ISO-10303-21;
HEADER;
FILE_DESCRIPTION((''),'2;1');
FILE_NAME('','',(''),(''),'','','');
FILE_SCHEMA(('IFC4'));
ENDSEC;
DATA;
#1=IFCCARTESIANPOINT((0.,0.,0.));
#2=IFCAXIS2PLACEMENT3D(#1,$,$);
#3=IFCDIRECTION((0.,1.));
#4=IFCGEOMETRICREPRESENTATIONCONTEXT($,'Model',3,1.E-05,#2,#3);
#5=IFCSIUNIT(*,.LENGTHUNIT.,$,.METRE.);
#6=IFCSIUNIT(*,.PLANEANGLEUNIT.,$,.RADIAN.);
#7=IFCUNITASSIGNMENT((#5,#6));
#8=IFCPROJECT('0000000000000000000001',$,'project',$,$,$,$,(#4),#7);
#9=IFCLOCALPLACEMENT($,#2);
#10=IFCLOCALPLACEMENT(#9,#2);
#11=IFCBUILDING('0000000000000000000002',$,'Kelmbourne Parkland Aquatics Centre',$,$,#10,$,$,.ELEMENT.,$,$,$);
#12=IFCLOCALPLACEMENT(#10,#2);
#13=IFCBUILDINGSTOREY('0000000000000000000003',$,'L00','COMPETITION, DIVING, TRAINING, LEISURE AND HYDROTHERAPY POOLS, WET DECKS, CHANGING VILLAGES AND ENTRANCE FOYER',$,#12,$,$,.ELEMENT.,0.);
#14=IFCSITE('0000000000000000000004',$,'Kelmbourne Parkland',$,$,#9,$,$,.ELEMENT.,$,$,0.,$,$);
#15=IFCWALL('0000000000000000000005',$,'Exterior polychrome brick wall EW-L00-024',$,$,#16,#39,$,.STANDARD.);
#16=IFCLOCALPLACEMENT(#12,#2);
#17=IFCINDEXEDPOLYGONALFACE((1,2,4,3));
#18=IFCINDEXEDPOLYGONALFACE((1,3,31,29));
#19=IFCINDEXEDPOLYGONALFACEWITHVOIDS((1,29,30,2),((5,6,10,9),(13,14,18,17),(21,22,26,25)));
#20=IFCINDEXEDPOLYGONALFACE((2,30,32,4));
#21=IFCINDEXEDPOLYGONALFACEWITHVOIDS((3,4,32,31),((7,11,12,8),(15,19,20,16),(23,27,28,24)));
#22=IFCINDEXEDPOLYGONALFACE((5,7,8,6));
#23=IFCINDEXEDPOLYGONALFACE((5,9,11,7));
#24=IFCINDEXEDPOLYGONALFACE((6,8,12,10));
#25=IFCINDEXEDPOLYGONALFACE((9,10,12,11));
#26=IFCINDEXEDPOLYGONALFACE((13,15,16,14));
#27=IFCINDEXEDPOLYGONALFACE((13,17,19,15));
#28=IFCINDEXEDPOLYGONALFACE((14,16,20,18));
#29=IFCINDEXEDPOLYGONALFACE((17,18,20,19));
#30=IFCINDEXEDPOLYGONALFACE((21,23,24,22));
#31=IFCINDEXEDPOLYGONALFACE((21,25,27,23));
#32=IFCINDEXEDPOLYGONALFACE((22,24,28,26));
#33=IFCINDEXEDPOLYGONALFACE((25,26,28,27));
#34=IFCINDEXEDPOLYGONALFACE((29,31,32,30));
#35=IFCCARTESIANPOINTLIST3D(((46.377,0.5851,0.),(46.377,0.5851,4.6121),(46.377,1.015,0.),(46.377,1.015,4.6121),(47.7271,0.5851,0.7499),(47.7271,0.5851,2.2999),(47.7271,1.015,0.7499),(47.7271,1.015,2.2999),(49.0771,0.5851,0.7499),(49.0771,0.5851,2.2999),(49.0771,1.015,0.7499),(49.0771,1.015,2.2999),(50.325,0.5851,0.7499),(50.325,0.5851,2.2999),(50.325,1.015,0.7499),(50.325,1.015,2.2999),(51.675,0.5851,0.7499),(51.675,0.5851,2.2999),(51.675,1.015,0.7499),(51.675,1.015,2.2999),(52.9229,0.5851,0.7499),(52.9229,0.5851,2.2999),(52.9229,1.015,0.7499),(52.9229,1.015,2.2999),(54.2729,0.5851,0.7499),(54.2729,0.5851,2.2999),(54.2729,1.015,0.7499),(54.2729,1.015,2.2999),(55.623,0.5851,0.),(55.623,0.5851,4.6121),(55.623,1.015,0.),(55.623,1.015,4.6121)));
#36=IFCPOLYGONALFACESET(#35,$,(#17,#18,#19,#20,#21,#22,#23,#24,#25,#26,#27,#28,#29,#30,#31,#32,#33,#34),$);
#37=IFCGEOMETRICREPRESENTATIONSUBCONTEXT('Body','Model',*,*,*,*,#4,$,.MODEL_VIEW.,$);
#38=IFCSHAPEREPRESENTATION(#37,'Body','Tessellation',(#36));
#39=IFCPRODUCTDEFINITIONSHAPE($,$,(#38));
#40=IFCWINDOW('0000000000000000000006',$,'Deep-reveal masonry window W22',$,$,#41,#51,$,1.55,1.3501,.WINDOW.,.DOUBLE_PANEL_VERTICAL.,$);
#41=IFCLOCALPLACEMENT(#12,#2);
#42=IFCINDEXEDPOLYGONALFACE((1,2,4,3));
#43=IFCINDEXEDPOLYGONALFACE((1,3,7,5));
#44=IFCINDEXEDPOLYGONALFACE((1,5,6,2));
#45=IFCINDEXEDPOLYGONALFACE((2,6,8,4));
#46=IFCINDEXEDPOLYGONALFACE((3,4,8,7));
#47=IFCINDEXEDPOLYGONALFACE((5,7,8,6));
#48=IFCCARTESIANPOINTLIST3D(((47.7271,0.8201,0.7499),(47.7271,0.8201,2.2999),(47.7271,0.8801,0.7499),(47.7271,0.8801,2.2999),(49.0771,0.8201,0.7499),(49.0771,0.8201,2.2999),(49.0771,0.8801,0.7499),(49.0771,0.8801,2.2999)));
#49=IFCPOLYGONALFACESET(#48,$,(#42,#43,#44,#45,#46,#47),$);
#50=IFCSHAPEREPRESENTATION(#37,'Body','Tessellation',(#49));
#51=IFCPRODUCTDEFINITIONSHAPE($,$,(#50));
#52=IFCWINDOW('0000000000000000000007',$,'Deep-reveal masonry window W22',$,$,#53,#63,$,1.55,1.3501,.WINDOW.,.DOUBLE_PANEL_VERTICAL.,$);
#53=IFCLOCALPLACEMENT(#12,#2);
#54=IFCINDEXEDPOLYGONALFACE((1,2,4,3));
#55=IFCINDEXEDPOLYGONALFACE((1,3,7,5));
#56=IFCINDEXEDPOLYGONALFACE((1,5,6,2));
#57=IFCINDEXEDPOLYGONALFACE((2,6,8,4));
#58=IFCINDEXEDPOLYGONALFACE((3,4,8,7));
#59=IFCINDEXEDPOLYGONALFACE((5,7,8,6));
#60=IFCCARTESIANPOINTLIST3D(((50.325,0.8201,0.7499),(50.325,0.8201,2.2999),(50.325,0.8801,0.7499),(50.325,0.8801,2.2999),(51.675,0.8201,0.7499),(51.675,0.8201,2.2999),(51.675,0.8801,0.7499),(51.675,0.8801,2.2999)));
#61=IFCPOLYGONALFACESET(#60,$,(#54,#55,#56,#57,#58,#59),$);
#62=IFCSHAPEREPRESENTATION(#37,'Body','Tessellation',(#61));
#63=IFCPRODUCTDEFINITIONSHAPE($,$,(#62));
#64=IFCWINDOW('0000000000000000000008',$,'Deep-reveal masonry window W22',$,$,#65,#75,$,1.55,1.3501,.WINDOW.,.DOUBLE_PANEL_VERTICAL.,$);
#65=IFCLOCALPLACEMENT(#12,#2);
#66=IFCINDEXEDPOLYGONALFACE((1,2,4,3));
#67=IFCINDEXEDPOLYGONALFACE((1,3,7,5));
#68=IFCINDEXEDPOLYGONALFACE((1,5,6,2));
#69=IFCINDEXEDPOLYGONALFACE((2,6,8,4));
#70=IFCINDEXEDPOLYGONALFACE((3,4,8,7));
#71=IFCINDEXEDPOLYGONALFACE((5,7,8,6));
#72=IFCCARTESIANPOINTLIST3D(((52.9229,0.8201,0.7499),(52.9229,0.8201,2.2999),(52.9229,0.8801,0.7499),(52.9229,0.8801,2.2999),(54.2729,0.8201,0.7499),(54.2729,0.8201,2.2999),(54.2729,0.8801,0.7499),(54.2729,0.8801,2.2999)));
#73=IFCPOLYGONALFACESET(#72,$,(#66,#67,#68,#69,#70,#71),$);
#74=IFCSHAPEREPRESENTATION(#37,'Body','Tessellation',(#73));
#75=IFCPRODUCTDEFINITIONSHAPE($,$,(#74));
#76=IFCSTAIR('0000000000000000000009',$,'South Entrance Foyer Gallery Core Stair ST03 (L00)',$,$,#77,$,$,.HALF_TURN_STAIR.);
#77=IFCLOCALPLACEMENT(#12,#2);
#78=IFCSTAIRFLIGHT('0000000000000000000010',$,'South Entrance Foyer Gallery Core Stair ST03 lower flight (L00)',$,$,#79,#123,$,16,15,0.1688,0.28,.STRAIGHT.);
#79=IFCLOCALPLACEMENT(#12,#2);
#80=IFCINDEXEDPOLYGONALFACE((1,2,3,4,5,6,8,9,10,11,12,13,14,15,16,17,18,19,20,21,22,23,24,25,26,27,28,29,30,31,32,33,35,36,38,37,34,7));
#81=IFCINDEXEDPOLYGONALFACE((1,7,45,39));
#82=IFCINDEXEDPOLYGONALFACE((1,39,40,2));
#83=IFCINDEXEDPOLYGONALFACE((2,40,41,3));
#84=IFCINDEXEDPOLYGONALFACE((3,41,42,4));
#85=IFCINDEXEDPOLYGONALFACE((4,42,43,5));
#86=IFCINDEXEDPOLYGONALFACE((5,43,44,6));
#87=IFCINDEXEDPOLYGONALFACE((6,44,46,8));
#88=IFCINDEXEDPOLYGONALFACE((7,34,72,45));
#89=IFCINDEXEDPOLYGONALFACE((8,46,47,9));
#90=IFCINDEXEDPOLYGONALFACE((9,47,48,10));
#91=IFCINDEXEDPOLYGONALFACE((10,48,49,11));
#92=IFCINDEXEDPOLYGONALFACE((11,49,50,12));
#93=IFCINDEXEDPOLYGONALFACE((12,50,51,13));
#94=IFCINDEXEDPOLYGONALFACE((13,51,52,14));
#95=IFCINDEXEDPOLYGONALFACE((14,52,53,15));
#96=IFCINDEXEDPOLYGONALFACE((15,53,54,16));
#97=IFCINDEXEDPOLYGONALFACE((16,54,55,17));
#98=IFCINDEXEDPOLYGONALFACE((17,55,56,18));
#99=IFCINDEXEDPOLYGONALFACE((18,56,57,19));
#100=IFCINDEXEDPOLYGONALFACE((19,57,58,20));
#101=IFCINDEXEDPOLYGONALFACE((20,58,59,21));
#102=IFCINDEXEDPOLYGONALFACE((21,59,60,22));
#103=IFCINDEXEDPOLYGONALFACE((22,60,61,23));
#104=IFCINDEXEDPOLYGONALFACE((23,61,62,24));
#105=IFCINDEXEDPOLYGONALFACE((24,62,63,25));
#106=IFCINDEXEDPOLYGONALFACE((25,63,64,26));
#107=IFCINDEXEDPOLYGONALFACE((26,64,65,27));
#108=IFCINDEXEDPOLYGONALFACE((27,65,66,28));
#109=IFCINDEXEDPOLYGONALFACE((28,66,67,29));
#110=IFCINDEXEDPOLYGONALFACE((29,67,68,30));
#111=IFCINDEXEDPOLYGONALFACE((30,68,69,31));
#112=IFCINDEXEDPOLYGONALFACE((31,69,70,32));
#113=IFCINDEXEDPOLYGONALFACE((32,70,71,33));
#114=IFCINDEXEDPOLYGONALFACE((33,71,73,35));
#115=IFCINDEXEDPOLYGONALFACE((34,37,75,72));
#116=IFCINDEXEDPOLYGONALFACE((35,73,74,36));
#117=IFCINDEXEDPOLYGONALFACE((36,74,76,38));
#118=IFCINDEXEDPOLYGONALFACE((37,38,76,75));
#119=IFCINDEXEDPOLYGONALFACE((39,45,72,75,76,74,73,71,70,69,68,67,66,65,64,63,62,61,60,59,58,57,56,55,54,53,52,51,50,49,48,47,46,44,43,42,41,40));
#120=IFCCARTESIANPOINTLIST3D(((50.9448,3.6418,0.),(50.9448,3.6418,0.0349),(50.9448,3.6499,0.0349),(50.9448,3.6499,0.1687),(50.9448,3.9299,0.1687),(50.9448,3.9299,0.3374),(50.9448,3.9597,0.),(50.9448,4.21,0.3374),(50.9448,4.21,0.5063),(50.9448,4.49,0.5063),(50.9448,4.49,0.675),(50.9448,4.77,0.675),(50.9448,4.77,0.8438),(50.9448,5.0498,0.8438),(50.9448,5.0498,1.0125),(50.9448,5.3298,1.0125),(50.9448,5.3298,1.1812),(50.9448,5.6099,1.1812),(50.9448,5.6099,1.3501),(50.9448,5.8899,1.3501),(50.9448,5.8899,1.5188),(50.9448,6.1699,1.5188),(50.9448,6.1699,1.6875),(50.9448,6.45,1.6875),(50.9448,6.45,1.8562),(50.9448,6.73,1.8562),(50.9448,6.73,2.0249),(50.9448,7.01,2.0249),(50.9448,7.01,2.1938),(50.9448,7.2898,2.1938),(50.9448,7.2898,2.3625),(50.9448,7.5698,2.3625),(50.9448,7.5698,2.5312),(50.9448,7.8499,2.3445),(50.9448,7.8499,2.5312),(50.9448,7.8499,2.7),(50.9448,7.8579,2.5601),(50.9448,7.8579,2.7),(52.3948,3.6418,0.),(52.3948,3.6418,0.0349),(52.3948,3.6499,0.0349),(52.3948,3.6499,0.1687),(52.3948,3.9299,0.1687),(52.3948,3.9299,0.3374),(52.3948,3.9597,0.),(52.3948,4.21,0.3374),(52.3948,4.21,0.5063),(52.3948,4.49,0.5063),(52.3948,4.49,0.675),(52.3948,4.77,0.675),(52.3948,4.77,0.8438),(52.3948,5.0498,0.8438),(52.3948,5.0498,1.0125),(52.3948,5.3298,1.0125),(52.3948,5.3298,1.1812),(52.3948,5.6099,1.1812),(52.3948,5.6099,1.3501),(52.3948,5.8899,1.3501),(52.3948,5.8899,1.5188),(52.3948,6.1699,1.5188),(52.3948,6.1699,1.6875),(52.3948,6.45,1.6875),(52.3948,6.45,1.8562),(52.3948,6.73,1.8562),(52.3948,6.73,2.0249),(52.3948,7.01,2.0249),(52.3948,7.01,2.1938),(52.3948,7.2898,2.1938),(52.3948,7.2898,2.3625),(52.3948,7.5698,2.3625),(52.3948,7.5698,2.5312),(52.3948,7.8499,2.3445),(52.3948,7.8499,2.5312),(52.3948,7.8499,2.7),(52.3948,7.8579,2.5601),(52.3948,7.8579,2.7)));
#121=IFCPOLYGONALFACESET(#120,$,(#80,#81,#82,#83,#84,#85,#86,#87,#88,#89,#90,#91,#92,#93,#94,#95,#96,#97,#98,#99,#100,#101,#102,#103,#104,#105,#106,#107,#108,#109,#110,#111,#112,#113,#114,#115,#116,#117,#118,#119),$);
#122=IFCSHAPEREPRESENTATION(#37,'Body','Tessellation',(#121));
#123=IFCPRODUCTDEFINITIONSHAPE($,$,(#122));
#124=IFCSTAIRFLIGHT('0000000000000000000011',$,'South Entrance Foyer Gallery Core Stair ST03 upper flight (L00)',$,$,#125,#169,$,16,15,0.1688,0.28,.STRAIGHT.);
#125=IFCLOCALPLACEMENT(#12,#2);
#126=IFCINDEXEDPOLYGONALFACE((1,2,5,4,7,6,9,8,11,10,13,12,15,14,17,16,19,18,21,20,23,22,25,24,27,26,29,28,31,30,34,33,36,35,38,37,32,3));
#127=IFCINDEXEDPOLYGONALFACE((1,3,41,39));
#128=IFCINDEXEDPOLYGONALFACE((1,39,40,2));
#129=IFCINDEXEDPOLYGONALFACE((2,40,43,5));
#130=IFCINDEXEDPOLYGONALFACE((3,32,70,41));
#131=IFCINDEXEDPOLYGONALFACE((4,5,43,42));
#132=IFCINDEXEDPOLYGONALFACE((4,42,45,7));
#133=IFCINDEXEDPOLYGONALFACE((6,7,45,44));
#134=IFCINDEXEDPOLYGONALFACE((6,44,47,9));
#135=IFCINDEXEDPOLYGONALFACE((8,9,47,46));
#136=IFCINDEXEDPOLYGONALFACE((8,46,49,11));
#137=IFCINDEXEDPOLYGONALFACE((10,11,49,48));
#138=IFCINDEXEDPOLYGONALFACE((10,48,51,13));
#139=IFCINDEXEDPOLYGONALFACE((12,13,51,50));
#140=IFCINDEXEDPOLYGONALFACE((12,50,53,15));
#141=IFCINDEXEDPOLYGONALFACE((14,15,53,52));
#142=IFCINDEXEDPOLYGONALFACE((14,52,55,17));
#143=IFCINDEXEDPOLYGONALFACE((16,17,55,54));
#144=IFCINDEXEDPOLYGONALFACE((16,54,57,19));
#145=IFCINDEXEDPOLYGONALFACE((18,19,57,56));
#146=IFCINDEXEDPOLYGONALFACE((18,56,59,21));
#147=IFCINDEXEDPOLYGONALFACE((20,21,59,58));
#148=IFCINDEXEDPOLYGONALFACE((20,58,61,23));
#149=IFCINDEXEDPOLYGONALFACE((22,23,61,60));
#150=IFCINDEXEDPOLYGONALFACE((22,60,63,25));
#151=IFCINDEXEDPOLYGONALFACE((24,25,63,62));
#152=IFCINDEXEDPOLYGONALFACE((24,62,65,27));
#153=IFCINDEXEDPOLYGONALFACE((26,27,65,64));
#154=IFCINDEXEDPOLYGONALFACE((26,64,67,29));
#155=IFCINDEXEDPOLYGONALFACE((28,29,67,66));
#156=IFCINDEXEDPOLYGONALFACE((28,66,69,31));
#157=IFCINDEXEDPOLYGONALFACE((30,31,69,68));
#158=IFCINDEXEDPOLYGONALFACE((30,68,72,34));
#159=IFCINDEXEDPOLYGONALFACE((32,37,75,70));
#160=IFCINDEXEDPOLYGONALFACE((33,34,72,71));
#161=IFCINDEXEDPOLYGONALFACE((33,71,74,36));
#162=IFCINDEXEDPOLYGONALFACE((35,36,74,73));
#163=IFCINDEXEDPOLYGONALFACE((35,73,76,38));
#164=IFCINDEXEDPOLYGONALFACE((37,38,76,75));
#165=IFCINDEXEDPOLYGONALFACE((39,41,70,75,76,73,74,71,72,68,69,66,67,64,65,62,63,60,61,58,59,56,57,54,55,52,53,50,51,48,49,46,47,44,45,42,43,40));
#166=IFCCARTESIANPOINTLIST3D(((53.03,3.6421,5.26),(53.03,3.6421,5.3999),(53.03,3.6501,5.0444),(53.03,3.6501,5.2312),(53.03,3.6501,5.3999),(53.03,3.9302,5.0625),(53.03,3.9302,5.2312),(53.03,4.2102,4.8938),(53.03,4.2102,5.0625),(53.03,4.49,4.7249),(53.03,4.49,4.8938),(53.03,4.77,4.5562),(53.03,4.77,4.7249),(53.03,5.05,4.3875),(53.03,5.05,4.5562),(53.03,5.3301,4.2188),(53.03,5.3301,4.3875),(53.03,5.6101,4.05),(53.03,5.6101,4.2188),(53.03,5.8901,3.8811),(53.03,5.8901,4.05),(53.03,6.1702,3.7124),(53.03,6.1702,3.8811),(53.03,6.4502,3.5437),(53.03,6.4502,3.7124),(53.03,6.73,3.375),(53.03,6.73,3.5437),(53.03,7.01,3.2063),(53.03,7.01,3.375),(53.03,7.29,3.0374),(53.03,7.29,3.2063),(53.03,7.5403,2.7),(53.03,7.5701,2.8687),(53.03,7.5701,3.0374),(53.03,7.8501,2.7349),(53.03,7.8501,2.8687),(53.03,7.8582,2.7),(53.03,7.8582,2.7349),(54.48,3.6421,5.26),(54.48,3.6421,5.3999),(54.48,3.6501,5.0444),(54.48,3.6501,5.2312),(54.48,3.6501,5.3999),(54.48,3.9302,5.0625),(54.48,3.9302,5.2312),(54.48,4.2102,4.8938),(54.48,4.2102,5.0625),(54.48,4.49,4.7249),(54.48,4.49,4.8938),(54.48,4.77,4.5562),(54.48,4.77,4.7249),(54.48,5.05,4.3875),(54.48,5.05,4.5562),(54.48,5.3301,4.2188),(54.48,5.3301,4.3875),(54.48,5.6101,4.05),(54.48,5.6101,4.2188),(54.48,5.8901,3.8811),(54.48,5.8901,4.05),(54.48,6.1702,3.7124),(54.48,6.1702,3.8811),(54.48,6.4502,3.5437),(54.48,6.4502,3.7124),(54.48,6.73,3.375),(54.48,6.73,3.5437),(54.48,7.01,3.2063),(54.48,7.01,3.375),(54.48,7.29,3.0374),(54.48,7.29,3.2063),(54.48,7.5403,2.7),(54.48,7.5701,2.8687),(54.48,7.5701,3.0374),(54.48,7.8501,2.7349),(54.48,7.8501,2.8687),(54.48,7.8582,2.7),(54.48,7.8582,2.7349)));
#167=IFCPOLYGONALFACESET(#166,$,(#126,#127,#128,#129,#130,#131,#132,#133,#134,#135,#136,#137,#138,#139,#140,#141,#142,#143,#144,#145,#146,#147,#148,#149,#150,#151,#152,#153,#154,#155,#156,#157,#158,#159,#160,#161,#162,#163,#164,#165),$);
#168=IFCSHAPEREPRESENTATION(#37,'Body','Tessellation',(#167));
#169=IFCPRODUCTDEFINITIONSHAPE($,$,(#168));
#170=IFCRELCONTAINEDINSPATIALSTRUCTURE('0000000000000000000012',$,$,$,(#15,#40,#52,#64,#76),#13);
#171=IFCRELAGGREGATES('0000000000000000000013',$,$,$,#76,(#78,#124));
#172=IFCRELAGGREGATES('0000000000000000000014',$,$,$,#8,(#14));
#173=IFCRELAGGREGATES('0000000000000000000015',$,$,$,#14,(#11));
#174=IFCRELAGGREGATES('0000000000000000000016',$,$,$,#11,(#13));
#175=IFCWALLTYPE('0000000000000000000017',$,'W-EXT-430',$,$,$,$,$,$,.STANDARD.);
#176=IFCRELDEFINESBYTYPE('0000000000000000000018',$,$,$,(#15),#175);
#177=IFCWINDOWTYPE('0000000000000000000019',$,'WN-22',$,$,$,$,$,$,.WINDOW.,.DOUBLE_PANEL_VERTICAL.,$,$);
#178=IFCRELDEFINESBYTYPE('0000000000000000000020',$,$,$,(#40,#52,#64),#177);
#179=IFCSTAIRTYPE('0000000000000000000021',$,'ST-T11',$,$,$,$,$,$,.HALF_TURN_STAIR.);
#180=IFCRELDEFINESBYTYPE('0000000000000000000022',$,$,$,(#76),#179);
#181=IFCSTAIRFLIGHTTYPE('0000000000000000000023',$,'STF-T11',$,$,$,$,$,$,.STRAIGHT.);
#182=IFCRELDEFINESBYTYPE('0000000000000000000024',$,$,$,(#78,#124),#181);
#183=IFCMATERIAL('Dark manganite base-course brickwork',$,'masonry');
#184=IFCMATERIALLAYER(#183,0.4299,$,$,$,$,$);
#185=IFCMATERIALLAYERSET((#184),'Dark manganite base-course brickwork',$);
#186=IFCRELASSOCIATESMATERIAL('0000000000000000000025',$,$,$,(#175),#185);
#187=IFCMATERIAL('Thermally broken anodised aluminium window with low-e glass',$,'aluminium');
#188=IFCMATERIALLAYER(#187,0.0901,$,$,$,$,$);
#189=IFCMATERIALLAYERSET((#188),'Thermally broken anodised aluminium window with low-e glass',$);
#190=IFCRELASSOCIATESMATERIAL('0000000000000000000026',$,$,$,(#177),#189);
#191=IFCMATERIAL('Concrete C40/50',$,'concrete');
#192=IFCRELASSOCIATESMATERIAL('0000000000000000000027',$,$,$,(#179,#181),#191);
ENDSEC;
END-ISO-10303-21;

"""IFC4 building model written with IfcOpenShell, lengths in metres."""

from ifc_helpers import new_model, si_unit, direction, frame, frame_2d, origin, place, context, subcontext, project, spatial, polyline, rectangle, outline, extrude, material, layer, layer_set, type_object, element, fill, aggregate, save


model = new_model("IFC4")

# Units and contexts
model_context = context("Model", 3, precision=1e-05, world=origin(), true_north=direction((0.0, 1.0)))
body_context = subcontext(model_context, "Body", "Model", "MODEL_VIEW")
ifc_project = project(units=[si_unit("LENGTHUNIT", "METRE"), si_unit("PLANEANGLEUNIT", "RADIAN")], contexts=[model_context])

# Site, building, storey
site_placement = place(None, origin())
site = spatial("IfcSite", under=ifc_project, at=site_placement, Name="Kelmbourne Parkland", CompositionType="ELEMENT", RefElevation=0.0)
building_placement = place(site_placement, origin())
building = spatial("IfcBuilding", under=site, at=building_placement, Name="Kelmbourne Parkland Aquatics Centre", CompositionType="ELEMENT")
storey_placement = place(building_placement, origin())
storey = spatial("IfcBuildingStorey", under=building, at=storey_placement, Name="L00", Description="COMPETITION, DIVING, TRAINING, LEISURE AND HYDROTHERAPY POOLS, WET DECKS, CHANGING VILLAGES AND ENTRANCE FOYER", CompositionType="ELEMENT", Elevation=0.0)

# Shared definitions
ifc_material_1 = material(Name="Concrete C40/50", Category="concrete")

# Wall, openings, windows
ifc_material_2 = material(Name="Dark manganite base-course brickwork", Category="masonry")
ifc_layer_1 = layer(ifc_material_2, 0.4299)
ifc_layer_set_1 = layer_set([ifc_layer_1], Name="Dark manganite base-course brickwork")
wall_type_1 = type_object("IfcWallType", Name="W-EXT-430", PredefinedType="STANDARD", material=ifc_layer_set_1)
wall_1_placement = place(storey_placement, frame((46.377, 0.8, 0.0), z_axis=(0.0, 0.0, 1.0), x_axis=(1.0, 0.0, 0.0)))
wall_1 = element("IfcWall", 1, at=wall_1_placement, inside=storey, type_object=wall_type_1, Name="Exterior polychrome brick wall EW-L00-024", PredefinedType="STANDARD", context=body_context, shape_type="SweptSolid", body=[
    extrude(rectangle(XDim=9.2461, YDim=0.4299, at=frame_2d((4.623, 0.0))), origin(), (0.0, 0.0, 1.0), 4.6121),
])
opening_1_placement = place(wall_1_placement, frame((1.3501, 0.0, 0.75)))
opening_1 = element("IfcOpeningElement", 2, at=opening_1_placement, cuts=wall_1, PredefinedType="OPENING", context=body_context, shape_type="SweptSolid", body=[
    extrude(rectangle(XDim=1.3501, YDim=1.55, at=frame_2d((0.675, 0.7749))), frame((0.0, 0.2271, 0.0), z_axis=(0.0, -1.0, 0.0), x_axis=(1.0, 0.0, 0.0)), (0.0, 0.0, 1.0), 0.4539),
])
opening_2_placement = place(wall_1_placement, frame((3.948, 0.0, 0.75)))
opening_2 = element("IfcOpeningElement", 3, at=opening_2_placement, cuts=wall_1, PredefinedType="OPENING", context=body_context, shape_type="SweptSolid", body=[
    extrude(rectangle(XDim=1.3501, YDim=1.55, at=frame_2d((0.675, 0.7749))), frame((0.0, 0.2271, 0.0), z_axis=(0.0, -1.0, 0.0), x_axis=(1.0, 0.0, 0.0)), (0.0, 0.0, 1.0), 0.4539),
])
opening_3_placement = place(wall_1_placement, frame((6.5459, 0.0, 0.75)))
opening_3 = element("IfcOpeningElement", 4, at=opening_3_placement, cuts=wall_1, PredefinedType="OPENING", context=body_context, shape_type="SweptSolid", body=[
    extrude(rectangle(XDim=1.3501, YDim=1.55, at=frame_2d((0.675, 0.7749))), frame((0.0, 0.2271, 0.0), z_axis=(0.0, -1.0, 0.0), x_axis=(1.0, 0.0, 0.0)), (0.0, 0.0, 1.0), 0.4539),
])
ifc_material_3 = material(Name="Thermally broken anodised aluminium window with low-e glass", Category="aluminium")
ifc_layer_2 = layer(ifc_material_3, 0.0901)
ifc_layer_set_2 = layer_set([ifc_layer_2], Name="Thermally broken anodised aluminium window with low-e glass")
window_type = type_object("IfcWindowType", Name="WN-22", PartitioningType="DOUBLE_PANEL_VERTICAL", PredefinedType="WINDOW", material=ifc_layer_set_2)
window_1_placement = place(opening_1_placement, origin())
window_1 = element("IfcWindow", 5, at=window_1_placement, inside=storey, type_object=window_type, Name="Deep-reveal masonry window W22", OverallHeight=1.55, OverallWidth=1.3501, PartitioningType="DOUBLE_PANEL_VERTICAL", PredefinedType="WINDOW", context=body_context, shape_type="SweptSolid", body=[
    extrude(rectangle(XDim=1.3501, YDim=1.55, at=frame_2d((0.675, 0.7749))), frame((0.0, 0.0801, 0.0), z_axis=(0.0, -1.0, 0.0), x_axis=(1.0, 0.0, 0.0)), (0.0, 0.0, 1.0), 0.0601),
])
fill(opening_1, window_1)
window_2_placement = place(opening_2_placement, origin())
window_2 = element("IfcWindow", 6, at=window_2_placement, inside=storey, type_object=window_type, Name="Deep-reveal masonry window W22", OverallHeight=1.55, OverallWidth=1.3501, PartitioningType="DOUBLE_PANEL_VERTICAL", PredefinedType="WINDOW", context=body_context, shape_type="SweptSolid", body=[
    extrude(rectangle(XDim=1.3501, YDim=1.55, at=frame_2d((0.675, 0.7749))), frame((0.0, 0.0801, 0.0), z_axis=(0.0, -1.0, 0.0), x_axis=(1.0, 0.0, 0.0)), (0.0, 0.0, 1.0), 0.0601),
])
fill(opening_2, window_2)
window_3_placement = place(opening_3_placement, origin())
window_3 = element("IfcWindow", 7, at=window_3_placement, inside=storey, type_object=window_type, Name="Deep-reveal masonry window W22", OverallHeight=1.55, OverallWidth=1.3501, PartitioningType="DOUBLE_PANEL_VERTICAL", PredefinedType="WINDOW", context=body_context, shape_type="SweptSolid", body=[
    extrude(rectangle(XDim=1.3501, YDim=1.55, at=frame_2d((0.675, 0.7749))), frame((0.0, 0.0801, 0.0), z_axis=(0.0, -1.0, 0.0), x_axis=(1.0, 0.0, 0.0)), (0.0, 0.0, 1.0), 0.0601),
])
fill(opening_3, window_3)

# Stair, stair flights
stair_type = type_object("IfcStairType", Name="ST-T11", PredefinedType="HALF_TURN_STAIR", material=ifc_material_1)
stair_placement = place(storey_placement, origin())
stair = element("IfcStair", 8, at=stair_placement, inside=storey, type_object=stair_type, Name="South Entrance Foyer Gallery Core Stair ST03 (L00)", PredefinedType="HALF_TURN_STAIR")
stair_flight_type = type_object("IfcStairFlightType", Name="STF-T11", PredefinedType="STRAIGHT", material=ifc_material_1)
stair_flight_1_placement = place(storey_placement, frame((51.6699, 3.6499, 0.0), z_axis=(0.0, 0.0, 1.0), x_axis=(0.0, 1.0, 0.0)))
stair_flight_1 = element("IfcStairFlight", 9, at=stair_flight_1_placement, type_object=stair_flight_type, Name="South Entrance Foyer Gallery Core Stair ST03 lower flight (L00)", NumberOfRisers=16, NumberOfTreads=15, PredefinedType="STRAIGHT", RiserHeight=0.1688, TreadLength=0.28, context=body_context, shape_type="SweptSolid", body=[
    extrude(outline(polyline([(-0.0081, 0.0), (-0.0081, 0.0349), (0.0, 0.0349), (0.0, 0.1687), (0.28, 0.1687), (0.28, 0.3374), (0.5601, 0.3374), (0.5601, 0.5063), (0.8401, 0.5063), (0.8401, 0.675), (1.1201, 0.675), (1.1201, 0.8438), (1.3999, 0.8438), (1.3999, 1.0125), (1.6799, 1.0125), (1.6799, 1.1812), (1.96, 1.1812), (1.96, 1.3501), (2.24, 1.3501), (2.24, 1.5188), (2.52, 1.5188), (2.52, 1.6875), (2.8, 1.6875), (2.8, 1.8562), (3.0801, 1.8562), (3.0801, 2.0249), (3.3601, 2.0249), (3.3601, 2.1938), (3.6399, 2.1938), (3.6399, 2.3625), (3.9199, 2.3625), (3.9199, 2.5312), (4.2, 2.5312), (4.2, 2.7), (4.208, 2.7), (4.208, 2.5601), (4.2, 2.3445), (0.3098, 0.0), (-0.0081, 0.0)])), frame((0.0, 0.7251, 0.0), z_axis=(0.0, -1.0, 0.0), x_axis=(1.0, 0.0, 0.0)), (0.0, 0.0, 1.0), 1.45),
])
stair_flight_2_placement = place(storey_placement, frame((53.7549, 7.8501, 2.7), z_axis=(0.0, 0.0, 1.0), x_axis=(0.0, -1.0, 0.0)))
stair_flight_2 = element("IfcStairFlight", 10, at=stair_flight_2_placement, type_object=stair_flight_type, Name="South Entrance Foyer Gallery Core Stair ST03 upper flight (L00)", NumberOfRisers=16, NumberOfTreads=15, PredefinedType="STRAIGHT", RiserHeight=0.1688, TreadLength=0.28, context=body_context, shape_type="SweptSolid", body=[
    extrude(outline(polyline([(-0.0081, 0.0), (-0.0081, 0.0349), (0.0, 0.0349), (0.0, 0.1687), (0.28, 0.1687), (0.28, 0.3374), (0.5601, 0.3374), (0.5601, 0.5063), (0.8401, 0.5063), (0.8401, 0.675), (1.1201, 0.675), (1.1201, 0.8438), (1.3999, 0.8438), (1.3999, 1.0125), (1.6799, 1.0125), (1.6799, 1.1812), (1.96, 1.1812), (1.96, 1.3501), (2.24, 1.3501), (2.24, 1.5188), (2.52, 1.5188), (2.52, 1.6875), (2.8, 1.6875), (2.8, 1.8562), (3.0801, 1.8562), (3.0801, 2.0249), (3.3601, 2.0249), (3.3601, 2.1938), (3.6399, 2.1938), (3.6399, 2.3625), (3.9199, 2.3625), (3.9199, 2.5312), (4.2, 2.5312), (4.2, 2.7), (4.208, 2.7), (4.208, 2.5601), (4.2, 2.3445), (0.3098, 0.0), (-0.0081, 0.0)])), frame((0.0, 0.7251, 0.0), z_axis=(0.0, -1.0, 0.0), x_axis=(1.0, 0.0, 0.0)), (0.0, 0.0, 1.0), 1.45),
])
aggregate(stair, [stair_flight_1, stair_flight_2])

save(model, "model.ifc")
